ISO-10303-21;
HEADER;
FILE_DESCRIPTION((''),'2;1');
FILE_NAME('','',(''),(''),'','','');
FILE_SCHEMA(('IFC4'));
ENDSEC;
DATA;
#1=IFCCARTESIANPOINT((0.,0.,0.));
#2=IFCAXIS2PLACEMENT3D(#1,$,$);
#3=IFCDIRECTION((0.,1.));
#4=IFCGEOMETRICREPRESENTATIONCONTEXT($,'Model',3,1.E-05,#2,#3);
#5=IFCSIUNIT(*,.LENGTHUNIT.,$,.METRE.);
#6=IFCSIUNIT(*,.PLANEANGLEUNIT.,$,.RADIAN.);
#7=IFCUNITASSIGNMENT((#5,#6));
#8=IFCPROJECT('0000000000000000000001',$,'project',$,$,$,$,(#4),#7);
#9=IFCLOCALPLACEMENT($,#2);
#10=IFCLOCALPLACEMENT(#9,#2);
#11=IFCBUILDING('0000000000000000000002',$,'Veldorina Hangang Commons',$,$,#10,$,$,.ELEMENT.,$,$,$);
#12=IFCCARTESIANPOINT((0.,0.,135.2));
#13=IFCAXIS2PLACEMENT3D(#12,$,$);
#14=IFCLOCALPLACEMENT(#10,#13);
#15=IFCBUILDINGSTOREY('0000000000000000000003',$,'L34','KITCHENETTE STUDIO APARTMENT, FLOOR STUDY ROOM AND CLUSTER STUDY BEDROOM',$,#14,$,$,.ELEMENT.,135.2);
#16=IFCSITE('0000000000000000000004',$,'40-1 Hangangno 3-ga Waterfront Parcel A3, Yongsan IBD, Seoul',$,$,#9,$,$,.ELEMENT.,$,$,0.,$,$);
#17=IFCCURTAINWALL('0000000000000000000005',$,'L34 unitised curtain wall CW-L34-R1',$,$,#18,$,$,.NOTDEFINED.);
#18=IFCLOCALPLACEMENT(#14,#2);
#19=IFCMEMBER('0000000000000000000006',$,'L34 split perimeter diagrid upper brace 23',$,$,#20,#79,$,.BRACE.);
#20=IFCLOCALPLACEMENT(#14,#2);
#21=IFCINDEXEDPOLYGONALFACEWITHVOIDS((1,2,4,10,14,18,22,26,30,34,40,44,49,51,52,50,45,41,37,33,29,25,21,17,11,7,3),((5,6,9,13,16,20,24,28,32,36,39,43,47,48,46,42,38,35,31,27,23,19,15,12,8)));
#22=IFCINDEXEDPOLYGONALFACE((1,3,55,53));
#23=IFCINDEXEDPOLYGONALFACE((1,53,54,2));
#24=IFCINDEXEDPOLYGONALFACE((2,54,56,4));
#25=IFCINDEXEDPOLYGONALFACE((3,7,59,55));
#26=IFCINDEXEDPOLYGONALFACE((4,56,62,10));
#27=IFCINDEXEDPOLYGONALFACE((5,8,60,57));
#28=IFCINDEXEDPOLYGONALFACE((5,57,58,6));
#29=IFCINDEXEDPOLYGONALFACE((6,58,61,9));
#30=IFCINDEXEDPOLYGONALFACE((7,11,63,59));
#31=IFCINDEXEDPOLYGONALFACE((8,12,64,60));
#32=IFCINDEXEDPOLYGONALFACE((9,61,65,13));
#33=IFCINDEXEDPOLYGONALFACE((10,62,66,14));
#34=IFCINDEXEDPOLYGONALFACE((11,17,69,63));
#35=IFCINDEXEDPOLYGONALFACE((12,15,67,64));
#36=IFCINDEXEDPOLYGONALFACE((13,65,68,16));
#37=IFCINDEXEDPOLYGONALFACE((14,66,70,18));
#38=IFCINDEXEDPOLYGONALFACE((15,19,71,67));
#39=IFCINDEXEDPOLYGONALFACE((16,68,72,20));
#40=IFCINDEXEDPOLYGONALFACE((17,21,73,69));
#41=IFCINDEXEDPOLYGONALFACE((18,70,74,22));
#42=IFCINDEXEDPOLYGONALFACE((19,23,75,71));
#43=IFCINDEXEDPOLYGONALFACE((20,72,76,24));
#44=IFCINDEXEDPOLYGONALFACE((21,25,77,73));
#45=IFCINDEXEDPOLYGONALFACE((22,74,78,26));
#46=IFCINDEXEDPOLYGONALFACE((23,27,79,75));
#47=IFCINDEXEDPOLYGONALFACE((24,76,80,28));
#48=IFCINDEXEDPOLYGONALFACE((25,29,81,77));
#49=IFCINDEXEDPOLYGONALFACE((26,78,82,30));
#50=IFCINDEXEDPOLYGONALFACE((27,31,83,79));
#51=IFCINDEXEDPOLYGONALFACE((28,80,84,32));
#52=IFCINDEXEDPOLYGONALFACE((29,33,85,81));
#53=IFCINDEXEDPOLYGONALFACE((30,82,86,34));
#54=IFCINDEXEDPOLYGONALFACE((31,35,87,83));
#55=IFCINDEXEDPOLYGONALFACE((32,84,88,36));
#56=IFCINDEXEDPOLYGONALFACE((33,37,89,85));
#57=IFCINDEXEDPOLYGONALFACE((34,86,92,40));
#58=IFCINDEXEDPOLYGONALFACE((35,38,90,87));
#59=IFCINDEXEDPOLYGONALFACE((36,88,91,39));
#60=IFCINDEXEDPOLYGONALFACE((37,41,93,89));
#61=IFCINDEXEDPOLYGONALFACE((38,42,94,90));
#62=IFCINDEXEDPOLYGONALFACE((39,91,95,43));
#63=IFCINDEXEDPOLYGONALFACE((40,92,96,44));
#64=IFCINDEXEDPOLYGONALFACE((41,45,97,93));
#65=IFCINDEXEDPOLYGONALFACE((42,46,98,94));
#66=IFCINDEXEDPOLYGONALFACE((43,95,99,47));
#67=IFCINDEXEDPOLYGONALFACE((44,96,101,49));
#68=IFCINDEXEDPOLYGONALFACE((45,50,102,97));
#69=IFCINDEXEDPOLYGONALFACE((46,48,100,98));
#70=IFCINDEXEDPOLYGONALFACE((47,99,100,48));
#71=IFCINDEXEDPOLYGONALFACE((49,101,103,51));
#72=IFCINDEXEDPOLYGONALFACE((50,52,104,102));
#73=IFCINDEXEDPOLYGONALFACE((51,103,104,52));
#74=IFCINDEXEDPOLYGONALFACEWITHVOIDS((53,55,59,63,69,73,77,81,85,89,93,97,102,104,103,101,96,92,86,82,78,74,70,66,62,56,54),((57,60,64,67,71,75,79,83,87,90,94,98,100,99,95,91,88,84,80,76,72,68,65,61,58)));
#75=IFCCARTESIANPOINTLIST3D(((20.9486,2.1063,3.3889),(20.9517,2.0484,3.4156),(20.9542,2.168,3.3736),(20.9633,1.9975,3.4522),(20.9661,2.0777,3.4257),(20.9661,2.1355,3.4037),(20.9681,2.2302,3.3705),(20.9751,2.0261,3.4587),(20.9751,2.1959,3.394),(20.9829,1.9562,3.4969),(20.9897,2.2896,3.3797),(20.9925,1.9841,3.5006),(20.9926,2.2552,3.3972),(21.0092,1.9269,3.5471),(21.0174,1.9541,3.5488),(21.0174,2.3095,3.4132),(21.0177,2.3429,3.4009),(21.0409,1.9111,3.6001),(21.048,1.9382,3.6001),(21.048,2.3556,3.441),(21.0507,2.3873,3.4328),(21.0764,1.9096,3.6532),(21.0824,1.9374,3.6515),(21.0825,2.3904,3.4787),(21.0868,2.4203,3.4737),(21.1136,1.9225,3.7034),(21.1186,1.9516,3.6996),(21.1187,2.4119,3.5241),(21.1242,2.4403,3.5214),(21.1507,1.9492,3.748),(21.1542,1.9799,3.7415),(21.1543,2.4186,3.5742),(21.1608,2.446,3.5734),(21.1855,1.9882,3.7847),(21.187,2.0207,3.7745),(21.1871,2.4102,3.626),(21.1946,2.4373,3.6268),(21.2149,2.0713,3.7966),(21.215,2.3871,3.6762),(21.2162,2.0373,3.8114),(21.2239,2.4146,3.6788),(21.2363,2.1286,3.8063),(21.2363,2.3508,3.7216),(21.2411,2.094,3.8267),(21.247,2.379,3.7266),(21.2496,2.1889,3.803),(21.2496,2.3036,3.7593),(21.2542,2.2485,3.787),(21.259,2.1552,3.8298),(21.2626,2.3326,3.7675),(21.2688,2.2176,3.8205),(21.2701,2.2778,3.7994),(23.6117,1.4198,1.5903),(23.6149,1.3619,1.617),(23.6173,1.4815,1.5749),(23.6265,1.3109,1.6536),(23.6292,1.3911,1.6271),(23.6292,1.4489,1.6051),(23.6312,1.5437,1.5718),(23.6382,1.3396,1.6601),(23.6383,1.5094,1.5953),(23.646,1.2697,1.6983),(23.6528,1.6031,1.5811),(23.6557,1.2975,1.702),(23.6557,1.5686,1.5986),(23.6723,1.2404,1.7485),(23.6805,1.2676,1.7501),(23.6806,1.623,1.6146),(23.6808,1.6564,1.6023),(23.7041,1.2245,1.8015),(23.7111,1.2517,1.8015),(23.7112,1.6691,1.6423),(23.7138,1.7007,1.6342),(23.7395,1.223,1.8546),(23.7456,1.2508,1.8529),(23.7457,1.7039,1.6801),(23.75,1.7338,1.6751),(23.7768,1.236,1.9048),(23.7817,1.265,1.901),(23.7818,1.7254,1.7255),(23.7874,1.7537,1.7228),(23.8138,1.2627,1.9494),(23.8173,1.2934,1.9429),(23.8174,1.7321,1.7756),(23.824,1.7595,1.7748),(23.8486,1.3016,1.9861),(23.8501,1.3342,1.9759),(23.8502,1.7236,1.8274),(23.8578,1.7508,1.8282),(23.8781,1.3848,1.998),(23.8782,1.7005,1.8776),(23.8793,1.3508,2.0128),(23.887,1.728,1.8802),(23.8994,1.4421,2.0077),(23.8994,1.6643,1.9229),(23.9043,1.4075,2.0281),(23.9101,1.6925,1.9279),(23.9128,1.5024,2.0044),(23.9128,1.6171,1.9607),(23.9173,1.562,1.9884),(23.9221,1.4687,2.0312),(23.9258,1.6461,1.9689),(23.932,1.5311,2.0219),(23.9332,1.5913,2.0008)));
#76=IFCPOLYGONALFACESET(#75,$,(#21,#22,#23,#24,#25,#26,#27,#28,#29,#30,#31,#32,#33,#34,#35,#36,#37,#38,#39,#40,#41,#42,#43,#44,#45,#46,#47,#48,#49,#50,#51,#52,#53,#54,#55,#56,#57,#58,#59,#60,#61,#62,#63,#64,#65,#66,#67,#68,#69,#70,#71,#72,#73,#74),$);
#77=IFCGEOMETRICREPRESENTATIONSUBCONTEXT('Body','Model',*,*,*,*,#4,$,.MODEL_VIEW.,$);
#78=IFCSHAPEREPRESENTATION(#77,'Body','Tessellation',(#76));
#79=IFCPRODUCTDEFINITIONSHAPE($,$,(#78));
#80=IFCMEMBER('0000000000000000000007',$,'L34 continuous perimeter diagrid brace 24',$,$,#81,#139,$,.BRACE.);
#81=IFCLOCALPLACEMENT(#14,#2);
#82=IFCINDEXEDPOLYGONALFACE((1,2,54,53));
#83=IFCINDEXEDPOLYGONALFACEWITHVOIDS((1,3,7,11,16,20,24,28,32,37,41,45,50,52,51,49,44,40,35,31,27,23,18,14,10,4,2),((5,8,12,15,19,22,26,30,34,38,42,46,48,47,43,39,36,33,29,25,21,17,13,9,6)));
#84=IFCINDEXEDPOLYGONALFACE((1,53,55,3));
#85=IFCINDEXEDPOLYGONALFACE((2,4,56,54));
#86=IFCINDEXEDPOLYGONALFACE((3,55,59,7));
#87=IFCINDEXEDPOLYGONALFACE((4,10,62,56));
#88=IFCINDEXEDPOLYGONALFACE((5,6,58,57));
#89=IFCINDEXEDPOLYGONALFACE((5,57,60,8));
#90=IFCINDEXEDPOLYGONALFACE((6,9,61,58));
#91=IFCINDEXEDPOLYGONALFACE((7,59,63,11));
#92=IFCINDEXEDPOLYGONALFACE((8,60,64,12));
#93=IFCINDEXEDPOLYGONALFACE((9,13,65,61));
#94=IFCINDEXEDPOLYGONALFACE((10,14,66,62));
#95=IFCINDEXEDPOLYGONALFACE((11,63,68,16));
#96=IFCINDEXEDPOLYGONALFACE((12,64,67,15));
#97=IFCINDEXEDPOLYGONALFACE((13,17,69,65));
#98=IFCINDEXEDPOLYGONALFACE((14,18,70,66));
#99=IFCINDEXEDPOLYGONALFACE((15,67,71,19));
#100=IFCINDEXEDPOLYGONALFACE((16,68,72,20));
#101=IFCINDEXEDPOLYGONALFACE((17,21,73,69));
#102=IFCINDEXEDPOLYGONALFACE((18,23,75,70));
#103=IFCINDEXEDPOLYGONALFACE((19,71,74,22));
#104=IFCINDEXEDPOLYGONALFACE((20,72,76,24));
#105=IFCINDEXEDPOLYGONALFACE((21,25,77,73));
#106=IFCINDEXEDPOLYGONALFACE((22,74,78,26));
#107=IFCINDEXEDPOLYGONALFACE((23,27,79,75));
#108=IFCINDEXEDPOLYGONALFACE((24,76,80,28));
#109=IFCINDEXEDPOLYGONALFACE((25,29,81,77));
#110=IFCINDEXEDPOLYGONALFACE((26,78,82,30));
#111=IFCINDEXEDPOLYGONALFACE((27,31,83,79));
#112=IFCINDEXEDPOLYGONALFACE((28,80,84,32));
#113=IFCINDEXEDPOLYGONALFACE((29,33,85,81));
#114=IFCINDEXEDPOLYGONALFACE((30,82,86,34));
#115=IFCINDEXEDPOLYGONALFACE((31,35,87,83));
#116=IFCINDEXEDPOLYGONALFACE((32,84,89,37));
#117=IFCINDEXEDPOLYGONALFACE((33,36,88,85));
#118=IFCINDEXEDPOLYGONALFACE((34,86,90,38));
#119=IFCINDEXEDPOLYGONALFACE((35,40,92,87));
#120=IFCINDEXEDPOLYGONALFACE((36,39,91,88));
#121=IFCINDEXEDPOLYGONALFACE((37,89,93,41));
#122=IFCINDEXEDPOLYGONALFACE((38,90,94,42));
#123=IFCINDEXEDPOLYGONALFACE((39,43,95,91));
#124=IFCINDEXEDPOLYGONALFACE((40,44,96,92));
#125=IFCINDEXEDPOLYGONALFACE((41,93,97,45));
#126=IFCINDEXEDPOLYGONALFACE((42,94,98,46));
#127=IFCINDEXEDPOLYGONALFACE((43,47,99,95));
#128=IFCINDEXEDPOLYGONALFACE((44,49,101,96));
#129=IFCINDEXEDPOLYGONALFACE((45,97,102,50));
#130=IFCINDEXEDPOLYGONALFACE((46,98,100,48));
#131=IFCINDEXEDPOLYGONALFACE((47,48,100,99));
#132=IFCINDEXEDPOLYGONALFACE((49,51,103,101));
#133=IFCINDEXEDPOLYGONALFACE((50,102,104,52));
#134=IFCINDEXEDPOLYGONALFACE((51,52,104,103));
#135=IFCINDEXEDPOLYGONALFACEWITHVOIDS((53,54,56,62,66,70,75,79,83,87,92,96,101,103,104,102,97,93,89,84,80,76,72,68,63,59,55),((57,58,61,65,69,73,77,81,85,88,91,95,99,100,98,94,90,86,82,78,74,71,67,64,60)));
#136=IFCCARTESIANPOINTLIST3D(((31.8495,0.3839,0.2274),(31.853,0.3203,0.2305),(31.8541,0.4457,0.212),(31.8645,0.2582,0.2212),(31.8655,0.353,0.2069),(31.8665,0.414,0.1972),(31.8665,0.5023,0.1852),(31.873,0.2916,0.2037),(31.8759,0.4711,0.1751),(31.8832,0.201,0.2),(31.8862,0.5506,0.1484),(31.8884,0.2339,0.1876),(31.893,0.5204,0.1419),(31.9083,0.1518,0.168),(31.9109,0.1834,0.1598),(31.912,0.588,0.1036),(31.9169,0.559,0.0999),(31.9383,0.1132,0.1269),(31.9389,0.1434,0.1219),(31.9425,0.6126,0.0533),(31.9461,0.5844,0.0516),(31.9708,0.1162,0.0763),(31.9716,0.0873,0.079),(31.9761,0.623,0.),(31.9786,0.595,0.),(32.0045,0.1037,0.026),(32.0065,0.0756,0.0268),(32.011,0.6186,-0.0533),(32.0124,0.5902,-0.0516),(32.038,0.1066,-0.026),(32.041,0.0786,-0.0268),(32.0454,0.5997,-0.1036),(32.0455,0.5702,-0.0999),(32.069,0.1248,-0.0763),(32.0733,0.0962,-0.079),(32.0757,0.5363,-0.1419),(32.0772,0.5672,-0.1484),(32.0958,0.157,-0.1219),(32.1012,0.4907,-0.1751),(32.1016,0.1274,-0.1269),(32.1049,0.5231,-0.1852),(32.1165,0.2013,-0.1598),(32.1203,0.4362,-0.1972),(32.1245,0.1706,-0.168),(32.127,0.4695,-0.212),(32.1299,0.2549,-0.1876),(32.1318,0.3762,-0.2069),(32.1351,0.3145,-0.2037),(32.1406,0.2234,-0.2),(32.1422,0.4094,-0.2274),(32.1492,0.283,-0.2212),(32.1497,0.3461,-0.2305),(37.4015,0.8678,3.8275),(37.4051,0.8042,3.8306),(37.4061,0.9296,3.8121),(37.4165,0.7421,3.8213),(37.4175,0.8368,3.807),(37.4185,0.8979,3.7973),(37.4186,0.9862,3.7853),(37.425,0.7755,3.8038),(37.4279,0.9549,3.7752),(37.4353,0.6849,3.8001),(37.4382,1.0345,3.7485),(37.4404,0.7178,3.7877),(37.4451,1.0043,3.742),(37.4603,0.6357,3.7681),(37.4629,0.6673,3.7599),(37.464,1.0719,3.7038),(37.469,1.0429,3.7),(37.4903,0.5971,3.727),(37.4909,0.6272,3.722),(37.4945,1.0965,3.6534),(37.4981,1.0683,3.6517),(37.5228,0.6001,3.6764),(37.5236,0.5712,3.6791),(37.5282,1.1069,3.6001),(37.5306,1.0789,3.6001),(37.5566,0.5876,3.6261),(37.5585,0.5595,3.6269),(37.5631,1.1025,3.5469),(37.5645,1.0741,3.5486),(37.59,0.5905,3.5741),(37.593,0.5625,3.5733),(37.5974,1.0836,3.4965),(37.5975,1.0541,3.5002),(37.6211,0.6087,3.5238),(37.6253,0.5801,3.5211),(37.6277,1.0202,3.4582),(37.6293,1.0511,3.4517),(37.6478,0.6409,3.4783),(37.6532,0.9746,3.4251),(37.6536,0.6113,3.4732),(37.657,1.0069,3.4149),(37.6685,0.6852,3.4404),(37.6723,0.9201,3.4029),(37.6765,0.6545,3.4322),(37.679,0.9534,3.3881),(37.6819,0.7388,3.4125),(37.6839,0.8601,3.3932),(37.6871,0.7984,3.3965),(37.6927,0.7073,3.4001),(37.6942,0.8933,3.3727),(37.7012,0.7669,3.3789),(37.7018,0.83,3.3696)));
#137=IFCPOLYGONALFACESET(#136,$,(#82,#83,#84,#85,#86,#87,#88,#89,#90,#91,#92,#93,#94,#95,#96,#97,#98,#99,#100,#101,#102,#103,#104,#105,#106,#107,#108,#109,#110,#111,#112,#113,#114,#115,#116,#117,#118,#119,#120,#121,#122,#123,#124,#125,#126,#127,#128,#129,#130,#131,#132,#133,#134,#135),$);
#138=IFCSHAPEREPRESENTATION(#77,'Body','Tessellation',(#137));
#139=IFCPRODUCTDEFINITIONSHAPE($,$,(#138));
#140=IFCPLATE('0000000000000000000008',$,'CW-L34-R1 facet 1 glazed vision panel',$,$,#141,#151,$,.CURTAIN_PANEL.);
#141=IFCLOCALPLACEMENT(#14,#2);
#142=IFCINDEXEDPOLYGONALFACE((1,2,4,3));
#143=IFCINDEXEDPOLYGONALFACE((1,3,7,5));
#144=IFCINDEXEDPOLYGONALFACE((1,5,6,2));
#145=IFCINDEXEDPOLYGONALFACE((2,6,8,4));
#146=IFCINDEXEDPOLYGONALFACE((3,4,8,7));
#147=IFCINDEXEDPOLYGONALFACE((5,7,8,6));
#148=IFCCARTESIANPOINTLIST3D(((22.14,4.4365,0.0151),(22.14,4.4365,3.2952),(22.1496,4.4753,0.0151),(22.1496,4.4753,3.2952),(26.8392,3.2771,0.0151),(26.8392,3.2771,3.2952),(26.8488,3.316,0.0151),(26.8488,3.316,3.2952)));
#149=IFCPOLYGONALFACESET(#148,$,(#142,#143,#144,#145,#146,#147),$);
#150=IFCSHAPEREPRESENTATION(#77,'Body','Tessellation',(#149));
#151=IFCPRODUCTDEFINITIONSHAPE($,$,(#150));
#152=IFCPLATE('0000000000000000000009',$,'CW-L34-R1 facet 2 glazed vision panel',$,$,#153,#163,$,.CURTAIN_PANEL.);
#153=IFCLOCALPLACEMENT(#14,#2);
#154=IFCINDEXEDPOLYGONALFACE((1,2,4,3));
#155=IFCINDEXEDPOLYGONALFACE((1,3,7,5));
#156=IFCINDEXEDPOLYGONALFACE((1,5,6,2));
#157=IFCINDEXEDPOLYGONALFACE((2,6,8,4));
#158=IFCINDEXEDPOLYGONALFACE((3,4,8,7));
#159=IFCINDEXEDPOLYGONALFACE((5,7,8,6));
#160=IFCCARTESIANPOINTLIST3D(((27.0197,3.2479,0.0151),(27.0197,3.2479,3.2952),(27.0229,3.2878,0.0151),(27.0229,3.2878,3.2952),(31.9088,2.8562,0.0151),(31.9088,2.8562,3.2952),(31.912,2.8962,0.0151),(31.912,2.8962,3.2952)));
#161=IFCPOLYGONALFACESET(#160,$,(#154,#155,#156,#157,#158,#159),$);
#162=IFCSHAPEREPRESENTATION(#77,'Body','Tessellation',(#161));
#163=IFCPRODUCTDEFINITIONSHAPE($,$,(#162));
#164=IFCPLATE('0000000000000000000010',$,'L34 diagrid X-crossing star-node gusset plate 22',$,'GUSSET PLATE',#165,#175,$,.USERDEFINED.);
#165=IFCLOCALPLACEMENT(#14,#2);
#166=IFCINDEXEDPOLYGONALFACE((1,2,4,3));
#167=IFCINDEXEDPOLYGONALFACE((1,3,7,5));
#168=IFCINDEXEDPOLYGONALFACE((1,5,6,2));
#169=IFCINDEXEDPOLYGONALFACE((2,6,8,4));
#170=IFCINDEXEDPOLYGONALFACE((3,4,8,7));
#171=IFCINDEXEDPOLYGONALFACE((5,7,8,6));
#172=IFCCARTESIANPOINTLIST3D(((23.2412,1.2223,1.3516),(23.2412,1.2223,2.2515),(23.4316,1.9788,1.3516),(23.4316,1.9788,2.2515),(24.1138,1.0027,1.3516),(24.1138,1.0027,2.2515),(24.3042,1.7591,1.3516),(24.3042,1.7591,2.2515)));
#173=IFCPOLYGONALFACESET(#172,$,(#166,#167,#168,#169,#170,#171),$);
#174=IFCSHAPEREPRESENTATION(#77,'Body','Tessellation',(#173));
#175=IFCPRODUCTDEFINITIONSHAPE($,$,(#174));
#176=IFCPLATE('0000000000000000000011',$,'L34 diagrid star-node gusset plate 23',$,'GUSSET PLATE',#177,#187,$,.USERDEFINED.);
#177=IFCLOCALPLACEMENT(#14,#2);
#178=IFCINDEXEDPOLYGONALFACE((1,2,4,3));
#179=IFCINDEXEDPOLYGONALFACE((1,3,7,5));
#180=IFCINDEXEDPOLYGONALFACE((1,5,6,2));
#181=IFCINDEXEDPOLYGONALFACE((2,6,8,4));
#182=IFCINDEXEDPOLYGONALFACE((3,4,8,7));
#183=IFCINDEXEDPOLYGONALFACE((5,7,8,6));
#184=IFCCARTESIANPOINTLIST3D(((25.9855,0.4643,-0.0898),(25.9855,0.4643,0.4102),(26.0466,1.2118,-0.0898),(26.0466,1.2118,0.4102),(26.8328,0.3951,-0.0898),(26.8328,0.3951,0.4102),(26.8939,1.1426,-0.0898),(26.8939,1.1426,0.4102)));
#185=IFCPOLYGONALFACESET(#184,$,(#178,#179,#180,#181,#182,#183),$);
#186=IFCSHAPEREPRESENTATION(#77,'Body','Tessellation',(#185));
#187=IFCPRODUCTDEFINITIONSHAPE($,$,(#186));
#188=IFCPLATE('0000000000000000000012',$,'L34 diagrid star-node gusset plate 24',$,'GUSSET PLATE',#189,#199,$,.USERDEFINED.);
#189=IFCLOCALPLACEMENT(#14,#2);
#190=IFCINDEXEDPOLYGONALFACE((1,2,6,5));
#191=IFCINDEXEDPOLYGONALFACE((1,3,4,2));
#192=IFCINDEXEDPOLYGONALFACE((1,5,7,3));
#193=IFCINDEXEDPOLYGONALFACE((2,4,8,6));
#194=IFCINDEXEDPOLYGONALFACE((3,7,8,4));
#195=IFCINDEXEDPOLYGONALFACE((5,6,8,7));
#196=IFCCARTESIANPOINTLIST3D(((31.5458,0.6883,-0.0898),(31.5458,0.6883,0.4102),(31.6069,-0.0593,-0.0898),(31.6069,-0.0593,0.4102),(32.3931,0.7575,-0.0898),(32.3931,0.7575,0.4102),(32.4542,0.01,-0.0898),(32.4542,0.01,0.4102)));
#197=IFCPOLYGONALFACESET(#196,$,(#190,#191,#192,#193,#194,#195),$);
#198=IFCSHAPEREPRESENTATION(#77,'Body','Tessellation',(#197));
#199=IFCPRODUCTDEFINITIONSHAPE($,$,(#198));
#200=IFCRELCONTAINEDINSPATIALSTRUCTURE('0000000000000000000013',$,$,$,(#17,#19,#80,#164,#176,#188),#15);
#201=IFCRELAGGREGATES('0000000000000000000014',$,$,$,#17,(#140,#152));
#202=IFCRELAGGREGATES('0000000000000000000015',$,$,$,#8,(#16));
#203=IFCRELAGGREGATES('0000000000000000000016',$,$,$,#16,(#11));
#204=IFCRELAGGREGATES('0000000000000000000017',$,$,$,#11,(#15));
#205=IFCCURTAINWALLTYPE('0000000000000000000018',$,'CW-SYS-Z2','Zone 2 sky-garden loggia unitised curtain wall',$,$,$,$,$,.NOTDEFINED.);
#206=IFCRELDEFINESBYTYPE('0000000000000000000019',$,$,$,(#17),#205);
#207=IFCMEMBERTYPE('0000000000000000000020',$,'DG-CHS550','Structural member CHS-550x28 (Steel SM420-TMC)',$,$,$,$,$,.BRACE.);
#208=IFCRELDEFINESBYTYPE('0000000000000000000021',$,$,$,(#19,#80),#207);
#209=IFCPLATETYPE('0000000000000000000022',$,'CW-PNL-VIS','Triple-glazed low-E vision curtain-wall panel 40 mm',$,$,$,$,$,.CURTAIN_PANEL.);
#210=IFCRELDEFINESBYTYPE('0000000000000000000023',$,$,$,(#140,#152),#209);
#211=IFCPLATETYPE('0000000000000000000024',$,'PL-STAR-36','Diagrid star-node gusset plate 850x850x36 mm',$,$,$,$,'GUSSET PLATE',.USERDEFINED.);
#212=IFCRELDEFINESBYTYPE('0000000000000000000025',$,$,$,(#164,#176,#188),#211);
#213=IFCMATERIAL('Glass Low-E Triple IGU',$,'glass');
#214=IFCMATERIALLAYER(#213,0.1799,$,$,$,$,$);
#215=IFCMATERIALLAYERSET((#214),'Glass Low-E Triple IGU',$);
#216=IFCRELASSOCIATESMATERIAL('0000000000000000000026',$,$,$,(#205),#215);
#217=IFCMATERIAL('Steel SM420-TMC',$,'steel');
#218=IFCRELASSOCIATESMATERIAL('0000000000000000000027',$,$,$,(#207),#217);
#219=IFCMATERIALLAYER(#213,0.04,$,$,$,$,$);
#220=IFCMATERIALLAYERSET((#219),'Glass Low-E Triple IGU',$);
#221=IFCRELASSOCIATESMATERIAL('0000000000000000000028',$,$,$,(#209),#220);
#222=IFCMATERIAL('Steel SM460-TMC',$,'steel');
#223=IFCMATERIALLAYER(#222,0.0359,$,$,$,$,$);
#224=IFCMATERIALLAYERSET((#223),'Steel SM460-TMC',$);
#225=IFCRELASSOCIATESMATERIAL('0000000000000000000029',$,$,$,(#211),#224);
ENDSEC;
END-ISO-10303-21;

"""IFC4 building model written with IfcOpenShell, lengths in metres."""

from ifc_helpers import new_model, si_unit, direction, frame, origin, origin_2d, place, context, subcontext, project, spatial, rectangle, hollow_circle, extrude, material, layer, layer_set, material_profile, profile_set, type_object, element, aggregate, save


model = new_model("IFC4")

# Units and contexts
model_context = context("Model", 3, precision=1e-05, world=origin(), true_north=direction((0.0, 1.0)))
body_context = subcontext(model_context, "Body", "Model", "MODEL_VIEW")
ifc_project = project(units=[si_unit("LENGTHUNIT", "METRE"), si_unit("PLANEANGLEUNIT", "RADIAN")], contexts=[model_context])

# Site, building, storey
site_placement = place(None, origin())
site = spatial("IfcSite", under=ifc_project, at=site_placement, Name="40-1 Hangangno 3-ga Waterfront Parcel A3, Yongsan IBD, Seoul", CompositionType="ELEMENT", RefElevation=0.0)
building_placement = place(site_placement, origin())
building = spatial("IfcBuilding", under=site, at=building_placement, Name="Veldorina Hangang Commons", CompositionType="ELEMENT")
storey_placement = place(building_placement, frame((0.0, 0.0, 135.2)))
storey = spatial("IfcBuildingStorey", under=building, at=storey_placement, Name="L34", Description="KITCHENETTE STUDIO APARTMENT, FLOOR STUDY ROOM AND CLUSTER STUDY BEDROOM", CompositionType="ELEMENT", Elevation=135.2)

# Shared definitions
ifc_material_1 = material(Name="Steel SM420-TMC", Category="steel")

# Curtain wall
ifc_material_2 = material(Name="Glass Low-E Triple IGU", Category="glass")
ifc_layer_1 = layer(ifc_material_2, 0.1799)
ifc_layer_set_1 = layer_set([ifc_layer_1], Name="Glass Low-E Triple IGU")
curtain_wall_type = type_object("IfcCurtainWallType", Name="CW-SYS-Z2", Description="Zone 2 sky-garden loggia unitised curtain wall", PredefinedType="NOTDEFINED", material=ifc_layer_set_1)
curtain_wall_placement = place(storey_placement, origin())
curtain_wall = element("IfcCurtainWall", 1, at=curtain_wall_placement, inside=storey, type_object=curtain_wall_type, Name="L34 unitised curtain wall CW-L34-R1", PredefinedType="NOTDEFINED")

# Members
ifc_material_profile_1 = material_profile(ifc_material_1, hollow_circle(Radius=0.2749, WallThickness=0.0281, at=origin_2d()), Name="CHS-550x28")
ifc_profile_set_1 = profile_set([ifc_material_profile_1], Name="Steel SM420-TMC")
member_type_1 = type_object("IfcMemberType", Name="DG-CHS550", Description="Structural member CHS-550x28 (Steel SM420-TMC)", PredefinedType="BRACE", material=ifc_profile_set_1)
member_1_placement = place(storey_placement, frame((23.7727, 1.4907, 1.8015), z_axis=(-0.810417, 0.208919, 0.547336), x_axis=(-0.249631, -0.968341, 0.0)))
element("IfcMember", 2, at=member_1_placement, inside=storey, type_object=member_type_1, Name="L34 split perimeter diagrid upper brace 23", PredefinedType="BRACE", context=body_context, shape_type="SweptSolid", body=[
    extrude(hollow_circle(Radius=0.2749, WallThickness=0.0281, at=origin_2d()), origin(), (0.0, 0.0, 1.0), 3.2861),
])
member_2_placement = place(storey_placement, frame((32.0, 0.3491, 0.0), z_axis=(0.83681, 0.072932, 0.542614), x_axis=(-0.086826, 0.996223, 0.0)))
element("IfcMember", 3, at=member_2_placement, inside=storey, type_object=member_type_1, Name="L34 continuous perimeter diagrid brace 24", PredefinedType="BRACE", context=body_context, shape_type="SweptSolid", body=[
    extrude(hollow_circle(Radius=0.2749, WallThickness=0.0281, at=origin_2d()), origin(), (0.0, 0.0, 1.0), 6.6348),
])

# Plates
ifc_layer_2 = layer(ifc_material_2, 0.04)
ifc_layer_set_2 = layer_set([ifc_layer_2], Name="Glass Low-E Triple IGU")
plate_type_1 = type_object("IfcPlateType", Name="CW-PNL-VIS", Description="Triple-glazed low-E vision curtain-wall panel 40 mm", PredefinedType="CURTAIN_PANEL", material=ifc_layer_set_2)
plate_1_placement = place(storey_placement, frame((24.4944, 3.8762, 0.0151), z_axis=(0.0, 0.0, 1.0), x_axis=(0.970888, -0.239533, 0.0)))
plate_1 = element("IfcPlate", 4, at=plate_1_placement, type_object=plate_type_1, Name="CW-L34-R1 facet 1 glazed vision panel", PredefinedType="CURTAIN_PANEL", context=body_context, shape_type="SweptSolid", body=[
    extrude(rectangle(XDim=4.8401, YDim=0.04, at=origin_2d()), origin(), (0.0, 0.0, 1.0), 3.28),
])
plate_2_placement = place(storey_placement, frame((29.4658, 3.072, 0.0151), z_axis=(0.0, 0.0, 1.0), x_axis=(0.996807, -0.079851, 0.0)))
plate_2 = element("IfcPlate", 5, at=plate_2_placement, type_object=plate_type_1, Name="CW-L34-R1 facet 2 glazed vision panel", PredefinedType="CURTAIN_PANEL", context=body_context, shape_type="SweptSolid", body=[
    extrude(rectangle(XDim=4.9048, YDim=0.04, at=origin_2d()), origin(), (0.0, 0.0, 1.0), 3.28),
])
aggregate(curtain_wall, [plate_1, plate_2])

# Plates
ifc_material_3 = material(Name="Steel SM460-TMC", Category="steel")
ifc_layer_3 = layer(ifc_material_3, 0.0359)
ifc_layer_set_3 = layer_set([ifc_layer_3], Name="Steel SM460-TMC")
plate_type_2 = type_object("IfcPlateType", Name="PL-STAR-36", Description="Diagrid star-node gusset plate 850x850x36 mm", ElementType="GUSSET PLATE", PredefinedType="USERDEFINED", material=ifc_layer_set_3)
plate_3_placement = place(storey_placement, frame((23.7727, 1.4907, 1.3516), z_axis=(0.0, 0.0, 1.0), x_axis=(0.969749, -0.244106, 0.0)))
element("IfcPlate", 6, at=plate_3_placement, inside=storey, type_object=plate_type_2, Name="L34 diagrid X-crossing star-node gusset plate 22", ObjectType="GUSSET PLATE", PredefinedType="USERDEFINED", context=body_context, shape_type="SweptSolid", body=[
    extrude(rectangle(XDim=0.8999, YDim=0.78, at=origin_2d()), origin(), (0.0, 0.0, 1.0), 0.8999),
])
for number, where, z_axis, x_axis, name in (
    (7, (26.4397, 0.8035, -0.0898), (0.0, 0.0, 1.0), (0.996677, -0.081451, 0.0), "L34 diagrid star-node gusset plate 23"),
    (8, (32.0, 0.3491, -0.0898), (0.0, 0.0, 1.0), (0.996677, 0.081451, 0.0), "L34 diagrid star-node gusset plate 24"),
):
    element("IfcPlate", number, at=place(storey_placement, frame(where, z_axis=z_axis, x_axis=x_axis)), inside=storey, type_object=plate_type_2, Name=name, ObjectType="GUSSET PLATE", PredefinedType="USERDEFINED", context=body_context, shape_type="SweptSolid", body=[
        extrude(rectangle(XDim=0.8501, YDim=0.75, at=origin_2d()), origin(), (0.0, 0.0, 1.0), 0.5),
    ])

save(model, "model.ifc")
